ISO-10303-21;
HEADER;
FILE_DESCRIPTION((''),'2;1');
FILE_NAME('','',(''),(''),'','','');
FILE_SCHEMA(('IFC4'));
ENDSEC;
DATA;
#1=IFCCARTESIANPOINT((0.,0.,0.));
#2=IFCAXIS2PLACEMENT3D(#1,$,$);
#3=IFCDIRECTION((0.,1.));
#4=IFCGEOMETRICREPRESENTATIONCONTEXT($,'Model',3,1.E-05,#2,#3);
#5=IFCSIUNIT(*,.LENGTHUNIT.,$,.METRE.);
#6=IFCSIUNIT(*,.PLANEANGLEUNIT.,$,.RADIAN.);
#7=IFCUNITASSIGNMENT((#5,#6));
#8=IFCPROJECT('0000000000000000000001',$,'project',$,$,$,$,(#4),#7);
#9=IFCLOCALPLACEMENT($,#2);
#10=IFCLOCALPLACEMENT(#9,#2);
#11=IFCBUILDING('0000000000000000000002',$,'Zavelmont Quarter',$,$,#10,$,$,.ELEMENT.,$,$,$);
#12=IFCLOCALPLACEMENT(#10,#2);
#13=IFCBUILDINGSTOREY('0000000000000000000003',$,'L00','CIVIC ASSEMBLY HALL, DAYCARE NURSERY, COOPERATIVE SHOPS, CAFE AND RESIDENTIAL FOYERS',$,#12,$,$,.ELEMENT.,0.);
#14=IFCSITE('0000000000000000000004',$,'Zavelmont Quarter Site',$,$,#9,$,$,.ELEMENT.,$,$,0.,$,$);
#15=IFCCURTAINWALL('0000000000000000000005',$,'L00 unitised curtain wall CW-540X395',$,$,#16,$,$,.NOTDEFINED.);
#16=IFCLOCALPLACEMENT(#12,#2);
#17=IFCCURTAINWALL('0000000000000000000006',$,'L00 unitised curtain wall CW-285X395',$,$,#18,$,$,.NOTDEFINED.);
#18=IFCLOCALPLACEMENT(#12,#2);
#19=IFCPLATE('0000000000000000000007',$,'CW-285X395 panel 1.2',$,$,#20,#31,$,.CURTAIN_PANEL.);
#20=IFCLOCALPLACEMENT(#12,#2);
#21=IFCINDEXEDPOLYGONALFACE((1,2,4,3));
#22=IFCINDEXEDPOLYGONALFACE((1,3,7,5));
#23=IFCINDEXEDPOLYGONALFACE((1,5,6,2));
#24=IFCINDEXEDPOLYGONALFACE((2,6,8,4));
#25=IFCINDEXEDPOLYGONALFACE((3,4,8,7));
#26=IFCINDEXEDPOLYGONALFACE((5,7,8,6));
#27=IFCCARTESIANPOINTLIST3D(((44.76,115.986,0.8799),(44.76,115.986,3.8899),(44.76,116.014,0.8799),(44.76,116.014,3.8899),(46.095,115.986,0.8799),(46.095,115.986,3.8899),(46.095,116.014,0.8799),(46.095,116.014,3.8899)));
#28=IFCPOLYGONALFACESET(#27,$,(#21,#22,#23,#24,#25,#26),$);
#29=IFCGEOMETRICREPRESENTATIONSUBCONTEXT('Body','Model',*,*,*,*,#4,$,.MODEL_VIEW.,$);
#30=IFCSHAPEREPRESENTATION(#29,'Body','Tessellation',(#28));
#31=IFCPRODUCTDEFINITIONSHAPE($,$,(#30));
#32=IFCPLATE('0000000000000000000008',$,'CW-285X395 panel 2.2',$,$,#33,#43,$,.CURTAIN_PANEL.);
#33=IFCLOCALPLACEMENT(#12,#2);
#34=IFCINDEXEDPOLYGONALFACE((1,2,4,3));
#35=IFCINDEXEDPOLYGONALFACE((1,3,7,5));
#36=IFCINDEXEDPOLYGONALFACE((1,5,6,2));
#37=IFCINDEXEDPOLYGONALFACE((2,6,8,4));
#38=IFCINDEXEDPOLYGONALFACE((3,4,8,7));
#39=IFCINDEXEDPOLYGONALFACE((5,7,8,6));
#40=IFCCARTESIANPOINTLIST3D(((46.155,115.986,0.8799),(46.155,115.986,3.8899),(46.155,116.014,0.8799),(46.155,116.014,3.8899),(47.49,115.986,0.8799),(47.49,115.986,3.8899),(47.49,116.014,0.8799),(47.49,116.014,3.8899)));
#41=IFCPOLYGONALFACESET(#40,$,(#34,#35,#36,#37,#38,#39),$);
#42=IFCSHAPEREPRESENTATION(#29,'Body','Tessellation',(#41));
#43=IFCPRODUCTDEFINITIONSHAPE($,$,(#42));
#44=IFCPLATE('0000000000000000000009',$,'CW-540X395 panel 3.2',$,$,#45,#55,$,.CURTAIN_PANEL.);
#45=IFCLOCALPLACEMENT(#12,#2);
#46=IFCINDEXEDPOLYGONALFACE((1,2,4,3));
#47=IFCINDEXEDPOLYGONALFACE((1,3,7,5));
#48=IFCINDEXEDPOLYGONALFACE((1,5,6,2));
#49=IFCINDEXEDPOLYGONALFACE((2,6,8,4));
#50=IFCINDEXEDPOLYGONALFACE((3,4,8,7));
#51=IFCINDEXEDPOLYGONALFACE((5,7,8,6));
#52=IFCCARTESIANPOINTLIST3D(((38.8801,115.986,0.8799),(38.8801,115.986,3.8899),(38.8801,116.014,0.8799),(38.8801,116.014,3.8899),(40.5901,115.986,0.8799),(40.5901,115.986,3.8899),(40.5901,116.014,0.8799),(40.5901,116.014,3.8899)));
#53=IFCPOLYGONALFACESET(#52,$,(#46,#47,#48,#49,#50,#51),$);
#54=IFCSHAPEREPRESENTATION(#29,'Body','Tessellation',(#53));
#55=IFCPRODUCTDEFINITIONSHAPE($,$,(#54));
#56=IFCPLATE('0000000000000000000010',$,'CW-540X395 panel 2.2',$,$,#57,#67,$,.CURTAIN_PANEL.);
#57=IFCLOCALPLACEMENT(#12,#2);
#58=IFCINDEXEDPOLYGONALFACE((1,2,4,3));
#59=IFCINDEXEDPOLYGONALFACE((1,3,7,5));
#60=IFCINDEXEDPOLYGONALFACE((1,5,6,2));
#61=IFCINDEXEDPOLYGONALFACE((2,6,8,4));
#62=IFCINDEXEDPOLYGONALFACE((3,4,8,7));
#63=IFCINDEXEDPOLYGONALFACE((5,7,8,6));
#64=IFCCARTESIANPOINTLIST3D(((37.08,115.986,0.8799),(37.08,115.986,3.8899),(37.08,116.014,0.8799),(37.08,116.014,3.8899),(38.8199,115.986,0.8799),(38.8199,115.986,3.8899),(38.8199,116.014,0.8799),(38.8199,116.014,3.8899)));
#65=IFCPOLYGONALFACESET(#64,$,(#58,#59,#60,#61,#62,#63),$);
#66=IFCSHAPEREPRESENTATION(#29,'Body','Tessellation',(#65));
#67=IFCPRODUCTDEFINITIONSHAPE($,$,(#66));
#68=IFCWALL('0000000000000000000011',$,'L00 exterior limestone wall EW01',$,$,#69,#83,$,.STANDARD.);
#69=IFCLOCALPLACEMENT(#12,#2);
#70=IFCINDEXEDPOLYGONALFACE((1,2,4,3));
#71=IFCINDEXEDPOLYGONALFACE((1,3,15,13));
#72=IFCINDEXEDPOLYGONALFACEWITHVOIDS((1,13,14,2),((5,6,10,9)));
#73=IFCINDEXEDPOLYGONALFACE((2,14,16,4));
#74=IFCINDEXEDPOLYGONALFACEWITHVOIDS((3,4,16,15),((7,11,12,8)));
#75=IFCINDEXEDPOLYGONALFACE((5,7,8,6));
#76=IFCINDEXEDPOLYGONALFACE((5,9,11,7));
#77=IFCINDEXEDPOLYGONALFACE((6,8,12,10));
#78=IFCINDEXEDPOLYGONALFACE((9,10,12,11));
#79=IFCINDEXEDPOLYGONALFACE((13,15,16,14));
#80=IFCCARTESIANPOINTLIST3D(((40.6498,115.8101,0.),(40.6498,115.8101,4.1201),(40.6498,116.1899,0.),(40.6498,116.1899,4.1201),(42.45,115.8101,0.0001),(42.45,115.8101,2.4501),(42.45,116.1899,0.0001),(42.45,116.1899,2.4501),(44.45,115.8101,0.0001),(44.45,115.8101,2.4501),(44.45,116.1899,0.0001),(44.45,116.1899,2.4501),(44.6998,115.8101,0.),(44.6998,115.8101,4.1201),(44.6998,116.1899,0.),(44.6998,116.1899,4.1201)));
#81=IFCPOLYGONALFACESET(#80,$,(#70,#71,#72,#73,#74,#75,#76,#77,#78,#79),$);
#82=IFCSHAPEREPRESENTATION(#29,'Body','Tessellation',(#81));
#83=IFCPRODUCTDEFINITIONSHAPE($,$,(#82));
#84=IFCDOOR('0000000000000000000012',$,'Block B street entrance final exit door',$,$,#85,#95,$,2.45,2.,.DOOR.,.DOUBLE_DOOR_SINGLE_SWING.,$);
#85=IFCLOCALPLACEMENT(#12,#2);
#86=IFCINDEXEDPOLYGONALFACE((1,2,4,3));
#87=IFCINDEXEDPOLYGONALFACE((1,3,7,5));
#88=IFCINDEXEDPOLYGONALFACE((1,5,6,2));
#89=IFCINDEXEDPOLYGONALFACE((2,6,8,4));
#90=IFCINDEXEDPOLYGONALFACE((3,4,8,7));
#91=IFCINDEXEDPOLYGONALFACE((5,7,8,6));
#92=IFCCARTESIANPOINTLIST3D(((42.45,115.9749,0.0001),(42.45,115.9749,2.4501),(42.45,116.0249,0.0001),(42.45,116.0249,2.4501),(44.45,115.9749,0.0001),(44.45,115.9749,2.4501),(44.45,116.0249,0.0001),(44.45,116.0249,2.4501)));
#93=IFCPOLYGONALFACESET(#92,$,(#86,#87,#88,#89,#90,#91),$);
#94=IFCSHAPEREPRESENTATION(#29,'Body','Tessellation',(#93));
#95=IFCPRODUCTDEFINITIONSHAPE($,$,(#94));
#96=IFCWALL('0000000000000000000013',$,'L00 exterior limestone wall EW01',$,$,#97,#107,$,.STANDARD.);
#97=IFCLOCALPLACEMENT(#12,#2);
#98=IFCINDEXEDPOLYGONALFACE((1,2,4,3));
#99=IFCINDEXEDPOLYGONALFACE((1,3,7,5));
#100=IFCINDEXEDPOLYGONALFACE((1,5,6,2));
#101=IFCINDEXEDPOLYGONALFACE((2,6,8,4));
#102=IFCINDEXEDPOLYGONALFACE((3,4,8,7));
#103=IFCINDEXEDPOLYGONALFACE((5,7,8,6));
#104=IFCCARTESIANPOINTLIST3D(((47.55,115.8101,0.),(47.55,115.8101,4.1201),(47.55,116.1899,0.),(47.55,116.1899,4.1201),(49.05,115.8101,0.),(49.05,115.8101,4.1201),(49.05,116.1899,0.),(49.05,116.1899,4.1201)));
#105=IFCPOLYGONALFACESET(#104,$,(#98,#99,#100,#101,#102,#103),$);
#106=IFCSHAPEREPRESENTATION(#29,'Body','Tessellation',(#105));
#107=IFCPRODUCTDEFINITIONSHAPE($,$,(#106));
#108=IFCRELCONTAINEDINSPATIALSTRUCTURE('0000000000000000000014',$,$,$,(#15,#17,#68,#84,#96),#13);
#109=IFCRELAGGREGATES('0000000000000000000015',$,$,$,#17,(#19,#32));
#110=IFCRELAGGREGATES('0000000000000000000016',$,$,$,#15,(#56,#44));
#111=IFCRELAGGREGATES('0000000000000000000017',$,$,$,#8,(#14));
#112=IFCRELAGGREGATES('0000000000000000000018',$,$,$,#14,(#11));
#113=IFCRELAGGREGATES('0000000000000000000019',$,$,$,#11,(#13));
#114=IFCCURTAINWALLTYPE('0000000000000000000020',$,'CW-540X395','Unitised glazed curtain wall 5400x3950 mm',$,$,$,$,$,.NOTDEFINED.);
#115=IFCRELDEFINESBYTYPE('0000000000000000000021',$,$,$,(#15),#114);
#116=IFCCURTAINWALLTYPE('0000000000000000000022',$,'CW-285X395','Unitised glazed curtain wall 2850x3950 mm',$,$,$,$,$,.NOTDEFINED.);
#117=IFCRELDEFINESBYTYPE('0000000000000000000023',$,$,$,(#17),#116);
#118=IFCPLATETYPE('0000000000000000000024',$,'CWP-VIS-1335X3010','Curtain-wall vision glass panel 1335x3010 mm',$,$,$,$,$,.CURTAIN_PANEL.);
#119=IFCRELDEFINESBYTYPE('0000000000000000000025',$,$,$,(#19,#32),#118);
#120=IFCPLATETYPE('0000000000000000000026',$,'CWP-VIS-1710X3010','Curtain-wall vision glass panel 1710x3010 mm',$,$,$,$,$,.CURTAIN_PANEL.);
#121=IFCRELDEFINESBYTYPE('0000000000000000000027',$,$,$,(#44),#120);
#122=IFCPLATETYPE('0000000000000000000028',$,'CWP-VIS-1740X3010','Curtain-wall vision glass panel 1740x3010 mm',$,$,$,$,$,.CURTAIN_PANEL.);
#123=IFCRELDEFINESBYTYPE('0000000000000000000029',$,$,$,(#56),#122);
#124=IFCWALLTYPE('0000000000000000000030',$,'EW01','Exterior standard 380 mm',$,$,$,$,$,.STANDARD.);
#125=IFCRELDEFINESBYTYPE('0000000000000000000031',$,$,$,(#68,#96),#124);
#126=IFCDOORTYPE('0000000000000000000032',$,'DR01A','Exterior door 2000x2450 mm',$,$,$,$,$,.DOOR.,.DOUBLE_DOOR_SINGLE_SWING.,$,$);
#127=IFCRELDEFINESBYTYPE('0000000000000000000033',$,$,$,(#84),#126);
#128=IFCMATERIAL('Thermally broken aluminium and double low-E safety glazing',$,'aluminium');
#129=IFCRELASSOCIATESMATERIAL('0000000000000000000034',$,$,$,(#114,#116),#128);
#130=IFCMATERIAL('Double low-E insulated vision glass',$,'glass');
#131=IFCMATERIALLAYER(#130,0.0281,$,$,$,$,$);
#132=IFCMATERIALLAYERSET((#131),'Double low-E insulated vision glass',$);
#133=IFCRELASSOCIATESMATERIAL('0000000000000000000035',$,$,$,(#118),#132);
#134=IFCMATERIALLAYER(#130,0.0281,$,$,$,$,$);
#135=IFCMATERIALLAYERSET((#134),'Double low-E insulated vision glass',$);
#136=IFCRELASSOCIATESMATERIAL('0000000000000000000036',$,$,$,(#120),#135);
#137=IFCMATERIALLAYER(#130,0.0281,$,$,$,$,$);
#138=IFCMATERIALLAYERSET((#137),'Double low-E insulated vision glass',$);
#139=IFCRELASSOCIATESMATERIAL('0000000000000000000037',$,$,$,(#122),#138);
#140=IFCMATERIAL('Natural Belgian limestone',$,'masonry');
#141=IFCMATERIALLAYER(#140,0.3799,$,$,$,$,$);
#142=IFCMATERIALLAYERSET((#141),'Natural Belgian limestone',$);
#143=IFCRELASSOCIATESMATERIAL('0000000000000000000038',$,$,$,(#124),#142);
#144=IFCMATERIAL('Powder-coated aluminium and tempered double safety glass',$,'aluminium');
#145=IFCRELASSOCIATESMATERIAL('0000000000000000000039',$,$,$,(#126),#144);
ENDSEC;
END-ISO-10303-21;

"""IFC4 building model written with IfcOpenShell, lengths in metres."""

from ifc_helpers import new_model, si_unit, direction, frame, frame_2d, origin, origin_with_axes, origin_2d, place, context, subcontext, project, spatial, rectangle, extrude, material, layer, layer_set, type_object, element, fill, aggregate, save


model = new_model("IFC4")

# Units and contexts
model_context = context("Model", 3, precision=1e-05, world=origin(), true_north=direction((0.0, 1.0)))
body_context = subcontext(model_context, "Body", "Model", "MODEL_VIEW")
ifc_project = project(units=[si_unit("LENGTHUNIT", "METRE"), si_unit("PLANEANGLEUNIT", "RADIAN")], contexts=[model_context])

# Site, building, storey
site_placement = place(None, origin())
site = spatial("IfcSite", under=ifc_project, at=site_placement, Name="Zavelmont Quarter Site", CompositionType="ELEMENT", RefElevation=0.0)
building_placement = place(site_placement, origin())
building = spatial("IfcBuilding", under=site, at=building_placement, Name="Zavelmont Quarter", CompositionType="ELEMENT")
storey_placement = place(building_placement, origin())
storey = spatial("IfcBuildingStorey", under=building, at=storey_placement, Name="L00", Description="CIVIC ASSEMBLY HALL, DAYCARE NURSERY, COOPERATIVE SHOPS, CAFE AND RESIDENTIAL FOYERS", CompositionType="ELEMENT", Elevation=0.0)

# Curtain walls
ifc_material_1 = material(Name="Thermally broken aluminium and double low-E safety glazing", Category="aluminium")
curtain_wall_type_1 = type_object("IfcCurtainWallType", Name="CW-540X395", Description="Unitised glazed curtain wall 5400x3950 mm", PredefinedType="NOTDEFINED", material=ifc_material_1)
curtain_wall_1_placement = place(storey_placement, origin())
curtain_wall_1 = element("IfcCurtainWall", 1, at=curtain_wall_1_placement, inside=storey, type_object=curtain_wall_type_1, Name="L00 unitised curtain wall CW-540X395", PredefinedType="NOTDEFINED")
curtain_wall_type_2 = type_object("IfcCurtainWallType", Name="CW-285X395", Description="Unitised glazed curtain wall 2850x3950 mm", PredefinedType="NOTDEFINED", material=ifc_material_1)
curtain_wall_2_placement = place(storey_placement, origin())
curtain_wall_2 = element("IfcCurtainWall", 2, at=curtain_wall_2_placement, inside=storey, type_object=curtain_wall_type_2, Name="L00 unitised curtain wall CW-285X395", PredefinedType="NOTDEFINED")

# Plates
ifc_material_2 = material(Name="Double low-E insulated vision glass", Category="glass")
ifc_layer_1 = layer(ifc_material_2, 0.0281)
ifc_layer_set_1 = layer_set([ifc_layer_1], Name="Double low-E insulated vision glass")
plate_type_1 = type_object("IfcPlateType", Name="CWP-VIS-1335X3010", Description="Curtain-wall vision glass panel 1335x3010 mm", PredefinedType="CURTAIN_PANEL", material=ifc_layer_set_1)
plate_1_placement = place(storey_placement, frame((45.4275, 116.0, 0.8799), z_axis=(0.0, 0.0, 1.0), x_axis=(1.0, 0.0, 0.0)))
plate_1 = element("IfcPlate", 3, at=plate_1_placement, type_object=plate_type_1, Name="CW-285X395 panel 1.2", PredefinedType="CURTAIN_PANEL", context=body_context, shape_type="SweptSolid", body=[
    extrude(rectangle(XDim=1.335, YDim=0.0281, at=origin_2d()), origin(), (0.0, 0.0, 1.0), 3.01),
])
plate_2_placement = place(storey_placement, frame((46.8225, 116.0, 0.8799), z_axis=(0.0, 0.0, 1.0), x_axis=(1.0, 0.0, 0.0)))
plate_2 = element("IfcPlate", 4, at=plate_2_placement, type_object=plate_type_1, Name="CW-285X395 panel 2.2", PredefinedType="CURTAIN_PANEL", context=body_context, shape_type="SweptSolid", body=[
    extrude(rectangle(XDim=1.335, YDim=0.0281, at=origin_2d()), origin(), (0.0, 0.0, 1.0), 3.01),
])
aggregate(curtain_wall_2, [plate_1, plate_2])
ifc_layer_2 = layer(ifc_material_2, 0.0281)
ifc_layer_set_2 = layer_set([ifc_layer_2], Name="Double low-E insulated vision glass")
plate_type_2 = type_object("IfcPlateType", Name="CWP-VIS-1710X3010", Description="Curtain-wall vision glass panel 1710x3010 mm", PredefinedType="CURTAIN_PANEL", material=ifc_layer_set_2)
plate_3_placement = place(storey_placement, frame((39.7351, 116.0, 0.8799), z_axis=(0.0, 0.0, 1.0), x_axis=(1.0, 0.0, 0.0)))
plate_3 = element("IfcPlate", 5, at=plate_3_placement, type_object=plate_type_2, Name="CW-540X395 panel 3.2", PredefinedType="CURTAIN_PANEL", context=body_context, shape_type="SweptSolid", body=[
    extrude(rectangle(XDim=1.71, YDim=0.0281, at=origin_2d()), origin(), (0.0, 0.0, 1.0), 3.01),
])
ifc_layer_3 = layer(ifc_material_2, 0.0281)
ifc_layer_set_3 = layer_set([ifc_layer_3], Name="Double low-E insulated vision glass")
plate_type_3 = type_object("IfcPlateType", Name="CWP-VIS-1740X3010", Description="Curtain-wall vision glass panel 1740x3010 mm", PredefinedType="CURTAIN_PANEL", material=ifc_layer_set_3)
plate_4_placement = place(storey_placement, frame((37.95, 116.0, 0.8799), z_axis=(0.0, 0.0, 1.0), x_axis=(1.0, 0.0, 0.0)))
plate_4 = element("IfcPlate", 6, at=plate_4_placement, type_object=plate_type_3, Name="CW-540X395 panel 2.2", PredefinedType="CURTAIN_PANEL", context=body_context, shape_type="SweptSolid", body=[
    extrude(rectangle(XDim=1.74, YDim=0.0281, at=origin_2d()), origin(), (0.0, 0.0, 1.0), 3.01),
])
aggregate(curtain_wall_1, [plate_4, plate_3])

# Wall, opening, door
ifc_material_3 = material(Name="Natural Belgian limestone", Category="masonry")
ifc_layer_4 = layer(ifc_material_3, 0.3799)
ifc_layer_set_4 = layer_set([ifc_layer_4], Name="Natural Belgian limestone")
wall_type = type_object("IfcWallType", Name="EW01", Description="Exterior standard 380 mm", PredefinedType="STANDARD", material=ifc_layer_set_4)
wall_1_placement = place(storey_placement, frame((40.6499, 116.0, 0.0), z_axis=(0.0, 0.0, 1.0), x_axis=(1.0, 0.0, 0.0)))
wall_1 = element("IfcWall", 7, at=wall_1_placement, inside=storey, type_object=wall_type, Name="L00 exterior limestone wall EW01", PredefinedType="STANDARD", context=body_context, shape_type="SweptSolid", body=[
    extrude(rectangle(XDim=4.05, YDim=0.3799, at=frame_2d((2.0249, 0.0))), origin(), (0.0, 0.0, 1.0), 4.1201),
])
opening_placement = place(wall_1_placement, frame((1.8, 0.0, 0.0)))
opening = element("IfcOpeningElement", 8, at=opening_placement, cuts=wall_1, PredefinedType="OPENING", context=body_context, shape_type="SweptSolid", body=[
    extrude(rectangle(XDim=2.0, YDim=2.45, at=frame_2d((1.0, 1.2251))), frame((0.0, 0.2019, 0.0), z_axis=(0.0, -1.0, 0.0), x_axis=(1.0, 0.0, 0.0)), (0.0, 0.0, 1.0), 0.4038),
])
ifc_material_4 = material(Name="Powder-coated aluminium and tempered double safety glass", Category="aluminium")
door_type = type_object("IfcDoorType", Name="DR01A", Description="Exterior door 2000x2450 mm", OperationType="DOUBLE_DOOR_SINGLE_SWING", PredefinedType="DOOR", material=ifc_material_4)
door_placement = place(opening_placement, origin_with_axes())
door = element("IfcDoor", 9, at=door_placement, inside=storey, type_object=door_type, Name="Block B street entrance final exit door", OperationType="DOUBLE_DOOR_SINGLE_SWING", OverallHeight=2.45, OverallWidth=2.0, PredefinedType="DOOR", context=body_context, shape_type="SweptSolid", body=[
    extrude(rectangle(XDim=2.0, YDim=2.45, at=frame_2d((1.0, 1.2251))), frame((0.0, 0.0249, 0.0), z_axis=(0.0, -1.0, 0.0), x_axis=(1.0, 0.0, 0.0)), (0.0, 0.0, 1.0), 0.05),
])
fill(opening, door)

# Wall
wall_2_placement = place(storey_placement, frame((47.55, 116.0, 0.0), z_axis=(0.0, 0.0, 1.0), x_axis=(1.0, 0.0, 0.0)))
element("IfcWall", 10, at=wall_2_placement, inside=storey, type_object=wall_type, Name="L00 exterior limestone wall EW01", PredefinedType="STANDARD", context=body_context, shape_type="SweptSolid", body=[
    extrude(rectangle(XDim=1.5, YDim=0.3799, at=frame_2d((0.75, 0.0))), origin(), (0.0, 0.0, 1.0), 4.1201),
])

save(model, "model.ifc")
